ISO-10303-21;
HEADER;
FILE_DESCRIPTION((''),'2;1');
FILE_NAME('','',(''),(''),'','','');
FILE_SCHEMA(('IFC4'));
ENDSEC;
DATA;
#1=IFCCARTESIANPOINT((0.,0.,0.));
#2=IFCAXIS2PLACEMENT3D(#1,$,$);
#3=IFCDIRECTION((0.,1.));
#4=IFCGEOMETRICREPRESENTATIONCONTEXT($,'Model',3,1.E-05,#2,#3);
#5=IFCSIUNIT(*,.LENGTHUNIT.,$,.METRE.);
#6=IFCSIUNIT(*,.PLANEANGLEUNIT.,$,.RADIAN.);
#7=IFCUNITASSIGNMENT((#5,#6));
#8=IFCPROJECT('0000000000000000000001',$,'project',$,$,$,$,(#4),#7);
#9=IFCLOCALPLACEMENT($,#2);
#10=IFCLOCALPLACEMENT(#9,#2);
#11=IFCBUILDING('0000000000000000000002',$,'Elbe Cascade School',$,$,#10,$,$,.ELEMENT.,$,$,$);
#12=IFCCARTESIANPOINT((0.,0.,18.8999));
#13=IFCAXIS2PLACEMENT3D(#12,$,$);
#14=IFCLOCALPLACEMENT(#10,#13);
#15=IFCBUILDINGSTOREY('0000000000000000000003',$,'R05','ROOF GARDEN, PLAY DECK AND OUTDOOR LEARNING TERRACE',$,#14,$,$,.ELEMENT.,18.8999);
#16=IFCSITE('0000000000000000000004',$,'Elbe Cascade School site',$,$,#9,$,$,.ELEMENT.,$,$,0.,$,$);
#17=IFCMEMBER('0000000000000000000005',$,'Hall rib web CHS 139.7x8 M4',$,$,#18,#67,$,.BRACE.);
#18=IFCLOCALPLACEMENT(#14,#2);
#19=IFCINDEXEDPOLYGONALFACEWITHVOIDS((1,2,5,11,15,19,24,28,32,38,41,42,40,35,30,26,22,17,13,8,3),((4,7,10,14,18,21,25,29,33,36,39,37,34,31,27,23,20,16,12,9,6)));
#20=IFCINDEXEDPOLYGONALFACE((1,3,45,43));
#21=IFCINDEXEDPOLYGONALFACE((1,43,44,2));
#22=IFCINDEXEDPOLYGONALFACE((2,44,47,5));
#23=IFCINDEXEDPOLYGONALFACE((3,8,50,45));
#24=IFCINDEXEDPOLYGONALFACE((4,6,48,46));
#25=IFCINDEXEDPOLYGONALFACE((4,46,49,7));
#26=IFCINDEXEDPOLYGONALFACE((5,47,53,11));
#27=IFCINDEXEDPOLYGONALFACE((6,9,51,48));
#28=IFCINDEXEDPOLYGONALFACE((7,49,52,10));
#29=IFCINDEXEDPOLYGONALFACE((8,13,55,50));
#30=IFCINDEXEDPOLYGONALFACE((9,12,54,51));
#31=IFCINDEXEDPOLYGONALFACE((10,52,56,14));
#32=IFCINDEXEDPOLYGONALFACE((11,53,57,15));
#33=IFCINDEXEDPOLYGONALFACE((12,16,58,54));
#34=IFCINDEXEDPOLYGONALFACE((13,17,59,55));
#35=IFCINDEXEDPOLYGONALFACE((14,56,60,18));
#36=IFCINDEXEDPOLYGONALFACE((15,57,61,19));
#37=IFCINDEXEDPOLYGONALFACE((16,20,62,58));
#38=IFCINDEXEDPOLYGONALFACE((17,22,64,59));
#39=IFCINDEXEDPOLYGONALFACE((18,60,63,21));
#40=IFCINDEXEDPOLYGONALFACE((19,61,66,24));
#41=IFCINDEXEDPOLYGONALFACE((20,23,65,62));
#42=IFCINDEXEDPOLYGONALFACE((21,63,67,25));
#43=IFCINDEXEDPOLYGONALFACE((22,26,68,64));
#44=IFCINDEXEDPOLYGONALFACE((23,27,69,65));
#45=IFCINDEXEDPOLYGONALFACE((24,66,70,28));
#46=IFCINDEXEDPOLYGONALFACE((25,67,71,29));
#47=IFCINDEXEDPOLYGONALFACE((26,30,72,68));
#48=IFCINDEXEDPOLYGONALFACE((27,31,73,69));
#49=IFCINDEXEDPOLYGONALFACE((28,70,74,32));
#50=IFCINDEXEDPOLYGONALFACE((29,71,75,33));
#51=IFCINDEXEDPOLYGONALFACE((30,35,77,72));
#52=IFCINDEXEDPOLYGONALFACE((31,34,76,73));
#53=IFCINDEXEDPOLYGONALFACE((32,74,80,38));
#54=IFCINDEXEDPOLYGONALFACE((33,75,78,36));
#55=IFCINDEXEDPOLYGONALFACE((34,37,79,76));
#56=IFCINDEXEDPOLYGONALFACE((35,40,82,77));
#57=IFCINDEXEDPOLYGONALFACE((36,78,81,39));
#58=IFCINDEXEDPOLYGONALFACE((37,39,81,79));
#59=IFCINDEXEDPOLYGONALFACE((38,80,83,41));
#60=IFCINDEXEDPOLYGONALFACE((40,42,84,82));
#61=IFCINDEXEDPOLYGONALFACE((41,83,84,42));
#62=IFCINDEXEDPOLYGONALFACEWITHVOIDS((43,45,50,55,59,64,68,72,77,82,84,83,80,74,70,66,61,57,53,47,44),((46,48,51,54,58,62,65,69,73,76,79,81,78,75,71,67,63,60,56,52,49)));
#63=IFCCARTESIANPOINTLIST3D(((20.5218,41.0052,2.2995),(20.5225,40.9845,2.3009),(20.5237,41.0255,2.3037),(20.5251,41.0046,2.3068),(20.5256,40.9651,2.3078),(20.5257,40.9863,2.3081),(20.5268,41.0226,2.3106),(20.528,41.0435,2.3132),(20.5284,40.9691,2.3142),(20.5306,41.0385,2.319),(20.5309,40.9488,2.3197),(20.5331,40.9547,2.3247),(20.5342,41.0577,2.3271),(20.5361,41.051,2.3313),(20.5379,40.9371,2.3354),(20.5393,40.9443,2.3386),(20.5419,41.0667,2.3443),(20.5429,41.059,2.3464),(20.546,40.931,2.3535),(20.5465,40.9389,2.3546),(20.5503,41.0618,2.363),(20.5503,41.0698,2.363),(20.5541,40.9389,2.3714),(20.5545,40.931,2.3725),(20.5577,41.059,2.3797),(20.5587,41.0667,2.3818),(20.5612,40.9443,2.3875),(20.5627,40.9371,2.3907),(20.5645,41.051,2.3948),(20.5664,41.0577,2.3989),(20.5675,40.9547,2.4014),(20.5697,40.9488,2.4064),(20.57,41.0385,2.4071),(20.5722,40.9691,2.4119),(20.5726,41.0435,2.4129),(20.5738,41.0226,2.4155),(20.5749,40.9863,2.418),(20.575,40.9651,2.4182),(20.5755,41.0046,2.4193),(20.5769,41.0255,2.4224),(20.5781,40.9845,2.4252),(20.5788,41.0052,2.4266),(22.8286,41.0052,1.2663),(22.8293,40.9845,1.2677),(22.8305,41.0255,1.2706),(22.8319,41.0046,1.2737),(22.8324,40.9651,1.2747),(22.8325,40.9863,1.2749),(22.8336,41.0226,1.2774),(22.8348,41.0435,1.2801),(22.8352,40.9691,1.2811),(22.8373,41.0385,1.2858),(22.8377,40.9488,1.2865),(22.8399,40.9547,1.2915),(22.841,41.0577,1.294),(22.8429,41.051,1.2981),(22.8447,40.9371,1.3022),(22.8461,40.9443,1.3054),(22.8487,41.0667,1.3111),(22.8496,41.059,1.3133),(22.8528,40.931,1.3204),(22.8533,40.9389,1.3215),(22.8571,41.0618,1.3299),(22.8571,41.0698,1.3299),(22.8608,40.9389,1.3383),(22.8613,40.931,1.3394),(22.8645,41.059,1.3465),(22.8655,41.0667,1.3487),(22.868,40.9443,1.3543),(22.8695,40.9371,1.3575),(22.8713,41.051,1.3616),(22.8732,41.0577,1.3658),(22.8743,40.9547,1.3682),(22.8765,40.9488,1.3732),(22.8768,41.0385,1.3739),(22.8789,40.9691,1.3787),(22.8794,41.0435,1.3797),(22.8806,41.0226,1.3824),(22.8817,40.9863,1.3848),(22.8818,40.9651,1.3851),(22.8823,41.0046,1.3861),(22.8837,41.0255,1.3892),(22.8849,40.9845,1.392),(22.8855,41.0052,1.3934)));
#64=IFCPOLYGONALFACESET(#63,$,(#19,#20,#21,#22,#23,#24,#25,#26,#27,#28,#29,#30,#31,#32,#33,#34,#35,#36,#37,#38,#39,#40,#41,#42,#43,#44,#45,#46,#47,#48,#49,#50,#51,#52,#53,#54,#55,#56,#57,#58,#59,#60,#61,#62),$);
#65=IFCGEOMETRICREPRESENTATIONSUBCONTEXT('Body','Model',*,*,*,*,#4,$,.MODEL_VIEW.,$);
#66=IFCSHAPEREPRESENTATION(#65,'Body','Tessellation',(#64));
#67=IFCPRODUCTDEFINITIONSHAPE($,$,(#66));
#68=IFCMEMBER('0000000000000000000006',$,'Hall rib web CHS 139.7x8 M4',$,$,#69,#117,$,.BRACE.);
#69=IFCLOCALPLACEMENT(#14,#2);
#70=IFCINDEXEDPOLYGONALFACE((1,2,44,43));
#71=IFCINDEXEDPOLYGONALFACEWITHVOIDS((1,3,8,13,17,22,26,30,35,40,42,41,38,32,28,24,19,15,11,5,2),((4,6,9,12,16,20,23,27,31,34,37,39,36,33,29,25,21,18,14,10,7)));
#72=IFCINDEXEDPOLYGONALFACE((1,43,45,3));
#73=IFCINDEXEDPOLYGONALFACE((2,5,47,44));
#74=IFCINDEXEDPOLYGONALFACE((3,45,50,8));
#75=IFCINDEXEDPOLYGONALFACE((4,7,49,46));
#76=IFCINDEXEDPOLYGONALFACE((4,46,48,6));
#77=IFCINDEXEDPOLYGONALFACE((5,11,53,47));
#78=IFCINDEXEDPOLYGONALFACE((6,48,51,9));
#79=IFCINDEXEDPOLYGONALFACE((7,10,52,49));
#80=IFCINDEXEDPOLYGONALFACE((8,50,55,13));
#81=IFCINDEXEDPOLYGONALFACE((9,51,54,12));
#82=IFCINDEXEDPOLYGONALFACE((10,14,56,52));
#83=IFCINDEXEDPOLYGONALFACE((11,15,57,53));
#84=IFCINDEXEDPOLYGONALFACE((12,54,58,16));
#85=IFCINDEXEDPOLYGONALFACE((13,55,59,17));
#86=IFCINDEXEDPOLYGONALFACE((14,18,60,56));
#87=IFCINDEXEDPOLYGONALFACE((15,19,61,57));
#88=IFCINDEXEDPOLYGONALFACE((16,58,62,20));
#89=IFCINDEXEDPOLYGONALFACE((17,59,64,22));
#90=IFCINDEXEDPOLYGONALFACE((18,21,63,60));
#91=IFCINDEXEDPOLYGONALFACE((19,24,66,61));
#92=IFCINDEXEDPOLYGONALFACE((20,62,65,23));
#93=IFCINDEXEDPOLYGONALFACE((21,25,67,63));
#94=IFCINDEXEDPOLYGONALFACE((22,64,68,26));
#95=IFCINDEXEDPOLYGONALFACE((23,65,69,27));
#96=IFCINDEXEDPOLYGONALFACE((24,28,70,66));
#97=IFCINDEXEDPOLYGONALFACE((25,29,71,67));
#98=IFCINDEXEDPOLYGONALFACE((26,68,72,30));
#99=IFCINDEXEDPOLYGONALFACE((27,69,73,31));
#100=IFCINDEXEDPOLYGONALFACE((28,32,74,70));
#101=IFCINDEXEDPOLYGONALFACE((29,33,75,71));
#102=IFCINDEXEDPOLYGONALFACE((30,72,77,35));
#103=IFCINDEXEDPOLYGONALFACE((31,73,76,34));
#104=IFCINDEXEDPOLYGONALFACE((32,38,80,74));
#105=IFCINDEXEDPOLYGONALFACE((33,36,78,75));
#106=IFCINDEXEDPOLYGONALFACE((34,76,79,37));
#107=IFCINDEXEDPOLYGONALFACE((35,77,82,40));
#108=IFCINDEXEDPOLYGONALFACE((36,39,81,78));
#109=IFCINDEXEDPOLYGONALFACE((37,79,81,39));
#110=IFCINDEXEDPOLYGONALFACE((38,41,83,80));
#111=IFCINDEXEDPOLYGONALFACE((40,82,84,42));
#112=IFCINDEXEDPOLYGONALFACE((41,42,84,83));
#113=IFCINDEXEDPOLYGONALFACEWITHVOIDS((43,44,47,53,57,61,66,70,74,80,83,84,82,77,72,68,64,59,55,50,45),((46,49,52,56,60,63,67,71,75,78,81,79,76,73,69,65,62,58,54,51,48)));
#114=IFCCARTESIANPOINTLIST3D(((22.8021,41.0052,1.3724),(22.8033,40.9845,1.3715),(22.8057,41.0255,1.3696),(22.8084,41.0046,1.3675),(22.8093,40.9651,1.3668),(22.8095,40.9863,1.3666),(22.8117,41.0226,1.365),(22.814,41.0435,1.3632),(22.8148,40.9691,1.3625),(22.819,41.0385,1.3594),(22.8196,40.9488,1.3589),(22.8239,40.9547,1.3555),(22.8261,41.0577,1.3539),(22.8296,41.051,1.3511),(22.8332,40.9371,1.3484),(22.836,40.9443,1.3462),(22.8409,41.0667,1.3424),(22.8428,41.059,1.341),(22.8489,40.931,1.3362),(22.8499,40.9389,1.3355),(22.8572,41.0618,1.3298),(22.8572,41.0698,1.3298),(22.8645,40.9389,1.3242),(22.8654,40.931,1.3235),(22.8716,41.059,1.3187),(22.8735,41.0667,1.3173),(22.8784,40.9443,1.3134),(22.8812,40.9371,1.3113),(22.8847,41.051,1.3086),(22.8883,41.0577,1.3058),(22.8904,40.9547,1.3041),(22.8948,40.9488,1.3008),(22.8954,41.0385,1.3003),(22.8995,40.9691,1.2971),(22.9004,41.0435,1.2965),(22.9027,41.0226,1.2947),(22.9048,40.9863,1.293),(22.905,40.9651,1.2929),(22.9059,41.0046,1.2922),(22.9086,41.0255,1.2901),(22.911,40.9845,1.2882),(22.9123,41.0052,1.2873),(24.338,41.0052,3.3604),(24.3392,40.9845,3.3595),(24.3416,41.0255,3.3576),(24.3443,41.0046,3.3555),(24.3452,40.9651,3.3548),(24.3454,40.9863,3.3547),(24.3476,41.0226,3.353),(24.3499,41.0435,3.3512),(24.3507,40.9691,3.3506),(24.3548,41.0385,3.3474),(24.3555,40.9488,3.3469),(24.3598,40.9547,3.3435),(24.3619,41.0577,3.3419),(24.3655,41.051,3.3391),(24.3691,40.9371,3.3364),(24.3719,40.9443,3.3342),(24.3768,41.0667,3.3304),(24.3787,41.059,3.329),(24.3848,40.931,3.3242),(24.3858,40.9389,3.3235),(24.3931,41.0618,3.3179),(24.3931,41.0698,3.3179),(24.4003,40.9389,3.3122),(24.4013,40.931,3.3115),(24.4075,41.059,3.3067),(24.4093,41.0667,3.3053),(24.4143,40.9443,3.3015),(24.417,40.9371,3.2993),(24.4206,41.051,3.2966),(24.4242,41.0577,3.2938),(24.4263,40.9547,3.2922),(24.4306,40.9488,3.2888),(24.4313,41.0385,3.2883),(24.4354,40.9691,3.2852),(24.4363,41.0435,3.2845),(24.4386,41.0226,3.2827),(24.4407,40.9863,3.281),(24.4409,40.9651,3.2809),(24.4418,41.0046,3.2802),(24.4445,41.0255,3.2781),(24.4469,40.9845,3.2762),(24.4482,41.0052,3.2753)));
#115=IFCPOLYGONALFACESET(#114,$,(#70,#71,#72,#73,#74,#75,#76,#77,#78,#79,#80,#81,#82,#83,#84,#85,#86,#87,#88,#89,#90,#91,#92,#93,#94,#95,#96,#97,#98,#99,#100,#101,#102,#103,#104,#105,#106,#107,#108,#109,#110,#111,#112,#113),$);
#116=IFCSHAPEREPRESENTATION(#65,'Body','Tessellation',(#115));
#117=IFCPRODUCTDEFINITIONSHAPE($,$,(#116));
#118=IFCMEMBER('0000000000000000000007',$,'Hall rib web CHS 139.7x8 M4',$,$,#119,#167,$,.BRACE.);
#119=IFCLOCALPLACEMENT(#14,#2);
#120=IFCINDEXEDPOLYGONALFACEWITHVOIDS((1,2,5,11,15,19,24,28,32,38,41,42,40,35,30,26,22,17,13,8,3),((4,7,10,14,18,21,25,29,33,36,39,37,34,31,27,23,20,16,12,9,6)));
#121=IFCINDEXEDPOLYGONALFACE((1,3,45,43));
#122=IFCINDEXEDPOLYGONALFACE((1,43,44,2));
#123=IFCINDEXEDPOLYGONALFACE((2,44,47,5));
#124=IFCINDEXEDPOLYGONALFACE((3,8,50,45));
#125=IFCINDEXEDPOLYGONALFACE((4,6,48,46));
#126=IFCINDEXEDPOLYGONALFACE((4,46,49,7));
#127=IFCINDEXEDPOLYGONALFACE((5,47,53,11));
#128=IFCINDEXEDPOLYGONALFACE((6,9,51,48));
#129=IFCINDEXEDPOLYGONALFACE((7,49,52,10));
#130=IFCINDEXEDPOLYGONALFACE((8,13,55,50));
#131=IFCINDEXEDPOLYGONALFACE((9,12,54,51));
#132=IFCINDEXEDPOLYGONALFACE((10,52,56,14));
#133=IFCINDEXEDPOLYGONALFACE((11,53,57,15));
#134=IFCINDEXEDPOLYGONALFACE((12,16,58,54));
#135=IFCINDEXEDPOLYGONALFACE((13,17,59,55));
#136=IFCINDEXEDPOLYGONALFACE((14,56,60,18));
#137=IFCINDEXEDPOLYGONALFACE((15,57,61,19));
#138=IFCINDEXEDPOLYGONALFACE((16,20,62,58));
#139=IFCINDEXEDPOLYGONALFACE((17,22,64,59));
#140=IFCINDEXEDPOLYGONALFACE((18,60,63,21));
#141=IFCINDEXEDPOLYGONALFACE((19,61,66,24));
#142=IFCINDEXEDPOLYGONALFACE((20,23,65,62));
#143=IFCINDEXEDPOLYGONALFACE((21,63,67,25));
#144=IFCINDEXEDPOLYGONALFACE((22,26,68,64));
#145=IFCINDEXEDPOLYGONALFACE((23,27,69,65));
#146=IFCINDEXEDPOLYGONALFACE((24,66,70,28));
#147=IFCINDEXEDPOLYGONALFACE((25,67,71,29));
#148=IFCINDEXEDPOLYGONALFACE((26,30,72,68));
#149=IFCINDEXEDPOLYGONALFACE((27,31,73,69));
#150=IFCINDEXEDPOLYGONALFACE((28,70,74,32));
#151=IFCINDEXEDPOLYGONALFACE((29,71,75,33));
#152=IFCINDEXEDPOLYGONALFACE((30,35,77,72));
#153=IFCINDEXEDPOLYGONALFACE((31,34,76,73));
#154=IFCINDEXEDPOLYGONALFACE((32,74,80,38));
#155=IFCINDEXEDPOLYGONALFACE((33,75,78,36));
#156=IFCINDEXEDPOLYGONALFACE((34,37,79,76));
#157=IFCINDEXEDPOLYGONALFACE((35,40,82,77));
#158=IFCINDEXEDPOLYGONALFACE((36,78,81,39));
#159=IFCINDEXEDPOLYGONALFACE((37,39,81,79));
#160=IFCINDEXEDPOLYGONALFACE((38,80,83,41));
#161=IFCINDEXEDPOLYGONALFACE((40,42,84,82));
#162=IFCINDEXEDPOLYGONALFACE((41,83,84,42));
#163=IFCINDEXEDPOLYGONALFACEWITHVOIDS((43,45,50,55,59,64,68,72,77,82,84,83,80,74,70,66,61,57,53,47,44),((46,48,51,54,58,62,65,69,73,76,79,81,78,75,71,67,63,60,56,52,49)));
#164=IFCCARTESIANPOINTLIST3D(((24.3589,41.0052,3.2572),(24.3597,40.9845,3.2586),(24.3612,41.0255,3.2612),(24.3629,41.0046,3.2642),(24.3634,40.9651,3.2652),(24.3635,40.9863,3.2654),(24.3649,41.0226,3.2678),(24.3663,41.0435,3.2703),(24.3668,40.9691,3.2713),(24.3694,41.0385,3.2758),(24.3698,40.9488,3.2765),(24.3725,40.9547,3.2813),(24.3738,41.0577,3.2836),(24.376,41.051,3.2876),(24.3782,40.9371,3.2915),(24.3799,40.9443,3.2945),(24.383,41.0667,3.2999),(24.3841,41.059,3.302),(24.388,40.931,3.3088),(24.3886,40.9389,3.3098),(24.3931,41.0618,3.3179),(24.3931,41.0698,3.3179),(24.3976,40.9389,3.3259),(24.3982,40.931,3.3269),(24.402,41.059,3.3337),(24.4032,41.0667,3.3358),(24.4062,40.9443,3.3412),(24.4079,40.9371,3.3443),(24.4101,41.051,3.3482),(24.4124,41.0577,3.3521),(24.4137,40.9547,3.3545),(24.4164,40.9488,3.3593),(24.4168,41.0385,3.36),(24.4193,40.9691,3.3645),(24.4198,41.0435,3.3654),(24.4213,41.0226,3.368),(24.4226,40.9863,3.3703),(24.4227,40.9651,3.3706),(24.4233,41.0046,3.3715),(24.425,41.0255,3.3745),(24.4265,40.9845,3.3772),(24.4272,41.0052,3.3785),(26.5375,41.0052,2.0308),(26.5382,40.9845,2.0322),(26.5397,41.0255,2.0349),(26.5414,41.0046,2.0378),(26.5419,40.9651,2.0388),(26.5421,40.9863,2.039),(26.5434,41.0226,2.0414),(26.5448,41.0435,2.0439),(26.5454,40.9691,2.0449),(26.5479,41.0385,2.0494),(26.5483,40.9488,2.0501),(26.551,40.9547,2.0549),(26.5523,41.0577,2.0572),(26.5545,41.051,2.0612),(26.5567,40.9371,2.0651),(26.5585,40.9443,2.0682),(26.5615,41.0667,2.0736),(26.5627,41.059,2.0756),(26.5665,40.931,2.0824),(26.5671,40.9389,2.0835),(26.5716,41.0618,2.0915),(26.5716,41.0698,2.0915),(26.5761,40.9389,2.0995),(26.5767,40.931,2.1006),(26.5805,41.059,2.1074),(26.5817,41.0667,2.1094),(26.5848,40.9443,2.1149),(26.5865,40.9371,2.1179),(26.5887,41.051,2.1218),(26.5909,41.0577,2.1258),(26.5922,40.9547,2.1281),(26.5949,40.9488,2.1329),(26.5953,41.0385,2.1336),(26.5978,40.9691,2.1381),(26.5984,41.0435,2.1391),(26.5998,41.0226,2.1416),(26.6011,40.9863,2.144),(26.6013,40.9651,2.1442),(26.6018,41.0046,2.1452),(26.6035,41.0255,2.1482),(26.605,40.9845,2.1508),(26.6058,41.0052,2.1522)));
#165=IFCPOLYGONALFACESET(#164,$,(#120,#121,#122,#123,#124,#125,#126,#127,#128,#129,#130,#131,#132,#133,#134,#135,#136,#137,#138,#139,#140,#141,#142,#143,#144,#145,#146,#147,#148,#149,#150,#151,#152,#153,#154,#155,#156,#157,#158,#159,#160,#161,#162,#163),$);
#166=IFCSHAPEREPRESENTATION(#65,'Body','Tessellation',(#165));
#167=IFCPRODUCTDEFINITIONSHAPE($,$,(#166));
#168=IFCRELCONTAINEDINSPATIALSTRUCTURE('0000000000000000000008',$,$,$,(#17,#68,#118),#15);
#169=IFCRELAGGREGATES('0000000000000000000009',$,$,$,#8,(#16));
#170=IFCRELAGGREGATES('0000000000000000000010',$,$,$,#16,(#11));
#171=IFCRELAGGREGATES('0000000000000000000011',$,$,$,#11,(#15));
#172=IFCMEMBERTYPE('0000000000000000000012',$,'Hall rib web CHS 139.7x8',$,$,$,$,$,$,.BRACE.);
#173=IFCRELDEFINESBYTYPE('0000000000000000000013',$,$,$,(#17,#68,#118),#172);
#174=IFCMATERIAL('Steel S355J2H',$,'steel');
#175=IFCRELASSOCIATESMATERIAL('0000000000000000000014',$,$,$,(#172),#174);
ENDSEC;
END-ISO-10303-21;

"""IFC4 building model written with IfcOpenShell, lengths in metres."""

from ifc_helpers import new_model, si_unit, direction, frame, origin, origin_2d, place, context, subcontext, project, spatial, hollow_circle, extrude, material, material_profile, profile_set, type_object, element, save


model = new_model("IFC4")

# Units and contexts
model_context = context("Model", 3, precision=1e-05, world=origin(), true_north=direction((0.0, 1.0)))
body_context = subcontext(model_context, "Body", "Model", "MODEL_VIEW")
ifc_project = project(units=[si_unit("LENGTHUNIT", "METRE"), si_unit("PLANEANGLEUNIT", "RADIAN")], contexts=[model_context])

# Site, building, storey
site_placement = place(None, origin())
site = spatial("IfcSite", under=ifc_project, at=site_placement, Name="Elbe Cascade School site", CompositionType="ELEMENT", RefElevation=0.0)
building_placement = place(site_placement, origin())
building = spatial("IfcBuilding", under=site, at=building_placement, Name="Elbe Cascade School", CompositionType="ELEMENT")
storey_placement = place(building_placement, frame((0.0, 0.0, 18.8999)))
storey = spatial("IfcBuildingStorey", under=building, at=storey_placement, Name="R05", Description="ROOF GARDEN, PLAY DECK AND OUTDOOR LEARNING TERRACE", CompositionType="ELEMENT", Elevation=18.8999)

# Members
ifc_material_1 = material(Name="Steel S355J2H", Category="steel")
ifc_material_profile_1 = material_profile(ifc_material_1, hollow_circle(Radius=0.0698, WallThickness=0.0081, at=origin_2d()), Name="CHS 139.7x8")
ifc_profile_set_1 = profile_set([ifc_material_profile_1], Name="Steel S355J2H")
member_type_1 = type_object("IfcMemberType", Name="Hall rib web CHS 139.7x8", PredefinedType="BRACE", material=ifc_profile_set_1)
member_1_placement = place(storey_placement, frame((20.5503, 41.0, 2.363), z_axis=(0.912645, 0.0, -0.408754), x_axis=(0.0, 1.0, 0.0)))
element("IfcMember", 1, at=member_1_placement, inside=storey, type_object=member_type_1, Name="Hall rib web CHS 139.7x8 M4", PredefinedType="BRACE", context=body_context, shape_type="SweptSolid", body=[
    extrude(hollow_circle(Radius=0.0698, WallThickness=0.0081, at=origin_2d()), origin(), (0.0, 0.0, 1.0), 2.5276),
])
member_2_placement = place(storey_placement, frame((22.8572, 41.0, 1.3298), z_axis=(0.611367, 0.0, 0.791347), x_axis=(0.0, 1.0, 0.0)))
element("IfcMember", 2, at=member_2_placement, inside=storey, type_object=member_type_1, Name="Hall rib web CHS 139.7x8 M4", PredefinedType="BRACE", context=body_context, shape_type="SweptSolid", body=[
    extrude(hollow_circle(Radius=0.0698, WallThickness=0.0081, at=origin_2d()), origin(), (0.0, 0.0, 1.0), 2.5122),
])
member_3_placement = place(storey_placement, frame((24.3931, 41.0, 3.3179), z_axis=(0.871416, 0.0, -0.490544), x_axis=(0.0, 1.0, 0.0)))
element("IfcMember", 3, at=member_3_placement, inside=storey, type_object=member_type_1, Name="Hall rib web CHS 139.7x8 M4", PredefinedType="BRACE", context=body_context, shape_type="SweptSolid", body=[
    extrude(hollow_circle(Radius=0.0698, WallThickness=0.0081, at=origin_2d()), origin(), (0.0, 0.0, 1.0), 2.5),
])

save(model, "model.ifc")
